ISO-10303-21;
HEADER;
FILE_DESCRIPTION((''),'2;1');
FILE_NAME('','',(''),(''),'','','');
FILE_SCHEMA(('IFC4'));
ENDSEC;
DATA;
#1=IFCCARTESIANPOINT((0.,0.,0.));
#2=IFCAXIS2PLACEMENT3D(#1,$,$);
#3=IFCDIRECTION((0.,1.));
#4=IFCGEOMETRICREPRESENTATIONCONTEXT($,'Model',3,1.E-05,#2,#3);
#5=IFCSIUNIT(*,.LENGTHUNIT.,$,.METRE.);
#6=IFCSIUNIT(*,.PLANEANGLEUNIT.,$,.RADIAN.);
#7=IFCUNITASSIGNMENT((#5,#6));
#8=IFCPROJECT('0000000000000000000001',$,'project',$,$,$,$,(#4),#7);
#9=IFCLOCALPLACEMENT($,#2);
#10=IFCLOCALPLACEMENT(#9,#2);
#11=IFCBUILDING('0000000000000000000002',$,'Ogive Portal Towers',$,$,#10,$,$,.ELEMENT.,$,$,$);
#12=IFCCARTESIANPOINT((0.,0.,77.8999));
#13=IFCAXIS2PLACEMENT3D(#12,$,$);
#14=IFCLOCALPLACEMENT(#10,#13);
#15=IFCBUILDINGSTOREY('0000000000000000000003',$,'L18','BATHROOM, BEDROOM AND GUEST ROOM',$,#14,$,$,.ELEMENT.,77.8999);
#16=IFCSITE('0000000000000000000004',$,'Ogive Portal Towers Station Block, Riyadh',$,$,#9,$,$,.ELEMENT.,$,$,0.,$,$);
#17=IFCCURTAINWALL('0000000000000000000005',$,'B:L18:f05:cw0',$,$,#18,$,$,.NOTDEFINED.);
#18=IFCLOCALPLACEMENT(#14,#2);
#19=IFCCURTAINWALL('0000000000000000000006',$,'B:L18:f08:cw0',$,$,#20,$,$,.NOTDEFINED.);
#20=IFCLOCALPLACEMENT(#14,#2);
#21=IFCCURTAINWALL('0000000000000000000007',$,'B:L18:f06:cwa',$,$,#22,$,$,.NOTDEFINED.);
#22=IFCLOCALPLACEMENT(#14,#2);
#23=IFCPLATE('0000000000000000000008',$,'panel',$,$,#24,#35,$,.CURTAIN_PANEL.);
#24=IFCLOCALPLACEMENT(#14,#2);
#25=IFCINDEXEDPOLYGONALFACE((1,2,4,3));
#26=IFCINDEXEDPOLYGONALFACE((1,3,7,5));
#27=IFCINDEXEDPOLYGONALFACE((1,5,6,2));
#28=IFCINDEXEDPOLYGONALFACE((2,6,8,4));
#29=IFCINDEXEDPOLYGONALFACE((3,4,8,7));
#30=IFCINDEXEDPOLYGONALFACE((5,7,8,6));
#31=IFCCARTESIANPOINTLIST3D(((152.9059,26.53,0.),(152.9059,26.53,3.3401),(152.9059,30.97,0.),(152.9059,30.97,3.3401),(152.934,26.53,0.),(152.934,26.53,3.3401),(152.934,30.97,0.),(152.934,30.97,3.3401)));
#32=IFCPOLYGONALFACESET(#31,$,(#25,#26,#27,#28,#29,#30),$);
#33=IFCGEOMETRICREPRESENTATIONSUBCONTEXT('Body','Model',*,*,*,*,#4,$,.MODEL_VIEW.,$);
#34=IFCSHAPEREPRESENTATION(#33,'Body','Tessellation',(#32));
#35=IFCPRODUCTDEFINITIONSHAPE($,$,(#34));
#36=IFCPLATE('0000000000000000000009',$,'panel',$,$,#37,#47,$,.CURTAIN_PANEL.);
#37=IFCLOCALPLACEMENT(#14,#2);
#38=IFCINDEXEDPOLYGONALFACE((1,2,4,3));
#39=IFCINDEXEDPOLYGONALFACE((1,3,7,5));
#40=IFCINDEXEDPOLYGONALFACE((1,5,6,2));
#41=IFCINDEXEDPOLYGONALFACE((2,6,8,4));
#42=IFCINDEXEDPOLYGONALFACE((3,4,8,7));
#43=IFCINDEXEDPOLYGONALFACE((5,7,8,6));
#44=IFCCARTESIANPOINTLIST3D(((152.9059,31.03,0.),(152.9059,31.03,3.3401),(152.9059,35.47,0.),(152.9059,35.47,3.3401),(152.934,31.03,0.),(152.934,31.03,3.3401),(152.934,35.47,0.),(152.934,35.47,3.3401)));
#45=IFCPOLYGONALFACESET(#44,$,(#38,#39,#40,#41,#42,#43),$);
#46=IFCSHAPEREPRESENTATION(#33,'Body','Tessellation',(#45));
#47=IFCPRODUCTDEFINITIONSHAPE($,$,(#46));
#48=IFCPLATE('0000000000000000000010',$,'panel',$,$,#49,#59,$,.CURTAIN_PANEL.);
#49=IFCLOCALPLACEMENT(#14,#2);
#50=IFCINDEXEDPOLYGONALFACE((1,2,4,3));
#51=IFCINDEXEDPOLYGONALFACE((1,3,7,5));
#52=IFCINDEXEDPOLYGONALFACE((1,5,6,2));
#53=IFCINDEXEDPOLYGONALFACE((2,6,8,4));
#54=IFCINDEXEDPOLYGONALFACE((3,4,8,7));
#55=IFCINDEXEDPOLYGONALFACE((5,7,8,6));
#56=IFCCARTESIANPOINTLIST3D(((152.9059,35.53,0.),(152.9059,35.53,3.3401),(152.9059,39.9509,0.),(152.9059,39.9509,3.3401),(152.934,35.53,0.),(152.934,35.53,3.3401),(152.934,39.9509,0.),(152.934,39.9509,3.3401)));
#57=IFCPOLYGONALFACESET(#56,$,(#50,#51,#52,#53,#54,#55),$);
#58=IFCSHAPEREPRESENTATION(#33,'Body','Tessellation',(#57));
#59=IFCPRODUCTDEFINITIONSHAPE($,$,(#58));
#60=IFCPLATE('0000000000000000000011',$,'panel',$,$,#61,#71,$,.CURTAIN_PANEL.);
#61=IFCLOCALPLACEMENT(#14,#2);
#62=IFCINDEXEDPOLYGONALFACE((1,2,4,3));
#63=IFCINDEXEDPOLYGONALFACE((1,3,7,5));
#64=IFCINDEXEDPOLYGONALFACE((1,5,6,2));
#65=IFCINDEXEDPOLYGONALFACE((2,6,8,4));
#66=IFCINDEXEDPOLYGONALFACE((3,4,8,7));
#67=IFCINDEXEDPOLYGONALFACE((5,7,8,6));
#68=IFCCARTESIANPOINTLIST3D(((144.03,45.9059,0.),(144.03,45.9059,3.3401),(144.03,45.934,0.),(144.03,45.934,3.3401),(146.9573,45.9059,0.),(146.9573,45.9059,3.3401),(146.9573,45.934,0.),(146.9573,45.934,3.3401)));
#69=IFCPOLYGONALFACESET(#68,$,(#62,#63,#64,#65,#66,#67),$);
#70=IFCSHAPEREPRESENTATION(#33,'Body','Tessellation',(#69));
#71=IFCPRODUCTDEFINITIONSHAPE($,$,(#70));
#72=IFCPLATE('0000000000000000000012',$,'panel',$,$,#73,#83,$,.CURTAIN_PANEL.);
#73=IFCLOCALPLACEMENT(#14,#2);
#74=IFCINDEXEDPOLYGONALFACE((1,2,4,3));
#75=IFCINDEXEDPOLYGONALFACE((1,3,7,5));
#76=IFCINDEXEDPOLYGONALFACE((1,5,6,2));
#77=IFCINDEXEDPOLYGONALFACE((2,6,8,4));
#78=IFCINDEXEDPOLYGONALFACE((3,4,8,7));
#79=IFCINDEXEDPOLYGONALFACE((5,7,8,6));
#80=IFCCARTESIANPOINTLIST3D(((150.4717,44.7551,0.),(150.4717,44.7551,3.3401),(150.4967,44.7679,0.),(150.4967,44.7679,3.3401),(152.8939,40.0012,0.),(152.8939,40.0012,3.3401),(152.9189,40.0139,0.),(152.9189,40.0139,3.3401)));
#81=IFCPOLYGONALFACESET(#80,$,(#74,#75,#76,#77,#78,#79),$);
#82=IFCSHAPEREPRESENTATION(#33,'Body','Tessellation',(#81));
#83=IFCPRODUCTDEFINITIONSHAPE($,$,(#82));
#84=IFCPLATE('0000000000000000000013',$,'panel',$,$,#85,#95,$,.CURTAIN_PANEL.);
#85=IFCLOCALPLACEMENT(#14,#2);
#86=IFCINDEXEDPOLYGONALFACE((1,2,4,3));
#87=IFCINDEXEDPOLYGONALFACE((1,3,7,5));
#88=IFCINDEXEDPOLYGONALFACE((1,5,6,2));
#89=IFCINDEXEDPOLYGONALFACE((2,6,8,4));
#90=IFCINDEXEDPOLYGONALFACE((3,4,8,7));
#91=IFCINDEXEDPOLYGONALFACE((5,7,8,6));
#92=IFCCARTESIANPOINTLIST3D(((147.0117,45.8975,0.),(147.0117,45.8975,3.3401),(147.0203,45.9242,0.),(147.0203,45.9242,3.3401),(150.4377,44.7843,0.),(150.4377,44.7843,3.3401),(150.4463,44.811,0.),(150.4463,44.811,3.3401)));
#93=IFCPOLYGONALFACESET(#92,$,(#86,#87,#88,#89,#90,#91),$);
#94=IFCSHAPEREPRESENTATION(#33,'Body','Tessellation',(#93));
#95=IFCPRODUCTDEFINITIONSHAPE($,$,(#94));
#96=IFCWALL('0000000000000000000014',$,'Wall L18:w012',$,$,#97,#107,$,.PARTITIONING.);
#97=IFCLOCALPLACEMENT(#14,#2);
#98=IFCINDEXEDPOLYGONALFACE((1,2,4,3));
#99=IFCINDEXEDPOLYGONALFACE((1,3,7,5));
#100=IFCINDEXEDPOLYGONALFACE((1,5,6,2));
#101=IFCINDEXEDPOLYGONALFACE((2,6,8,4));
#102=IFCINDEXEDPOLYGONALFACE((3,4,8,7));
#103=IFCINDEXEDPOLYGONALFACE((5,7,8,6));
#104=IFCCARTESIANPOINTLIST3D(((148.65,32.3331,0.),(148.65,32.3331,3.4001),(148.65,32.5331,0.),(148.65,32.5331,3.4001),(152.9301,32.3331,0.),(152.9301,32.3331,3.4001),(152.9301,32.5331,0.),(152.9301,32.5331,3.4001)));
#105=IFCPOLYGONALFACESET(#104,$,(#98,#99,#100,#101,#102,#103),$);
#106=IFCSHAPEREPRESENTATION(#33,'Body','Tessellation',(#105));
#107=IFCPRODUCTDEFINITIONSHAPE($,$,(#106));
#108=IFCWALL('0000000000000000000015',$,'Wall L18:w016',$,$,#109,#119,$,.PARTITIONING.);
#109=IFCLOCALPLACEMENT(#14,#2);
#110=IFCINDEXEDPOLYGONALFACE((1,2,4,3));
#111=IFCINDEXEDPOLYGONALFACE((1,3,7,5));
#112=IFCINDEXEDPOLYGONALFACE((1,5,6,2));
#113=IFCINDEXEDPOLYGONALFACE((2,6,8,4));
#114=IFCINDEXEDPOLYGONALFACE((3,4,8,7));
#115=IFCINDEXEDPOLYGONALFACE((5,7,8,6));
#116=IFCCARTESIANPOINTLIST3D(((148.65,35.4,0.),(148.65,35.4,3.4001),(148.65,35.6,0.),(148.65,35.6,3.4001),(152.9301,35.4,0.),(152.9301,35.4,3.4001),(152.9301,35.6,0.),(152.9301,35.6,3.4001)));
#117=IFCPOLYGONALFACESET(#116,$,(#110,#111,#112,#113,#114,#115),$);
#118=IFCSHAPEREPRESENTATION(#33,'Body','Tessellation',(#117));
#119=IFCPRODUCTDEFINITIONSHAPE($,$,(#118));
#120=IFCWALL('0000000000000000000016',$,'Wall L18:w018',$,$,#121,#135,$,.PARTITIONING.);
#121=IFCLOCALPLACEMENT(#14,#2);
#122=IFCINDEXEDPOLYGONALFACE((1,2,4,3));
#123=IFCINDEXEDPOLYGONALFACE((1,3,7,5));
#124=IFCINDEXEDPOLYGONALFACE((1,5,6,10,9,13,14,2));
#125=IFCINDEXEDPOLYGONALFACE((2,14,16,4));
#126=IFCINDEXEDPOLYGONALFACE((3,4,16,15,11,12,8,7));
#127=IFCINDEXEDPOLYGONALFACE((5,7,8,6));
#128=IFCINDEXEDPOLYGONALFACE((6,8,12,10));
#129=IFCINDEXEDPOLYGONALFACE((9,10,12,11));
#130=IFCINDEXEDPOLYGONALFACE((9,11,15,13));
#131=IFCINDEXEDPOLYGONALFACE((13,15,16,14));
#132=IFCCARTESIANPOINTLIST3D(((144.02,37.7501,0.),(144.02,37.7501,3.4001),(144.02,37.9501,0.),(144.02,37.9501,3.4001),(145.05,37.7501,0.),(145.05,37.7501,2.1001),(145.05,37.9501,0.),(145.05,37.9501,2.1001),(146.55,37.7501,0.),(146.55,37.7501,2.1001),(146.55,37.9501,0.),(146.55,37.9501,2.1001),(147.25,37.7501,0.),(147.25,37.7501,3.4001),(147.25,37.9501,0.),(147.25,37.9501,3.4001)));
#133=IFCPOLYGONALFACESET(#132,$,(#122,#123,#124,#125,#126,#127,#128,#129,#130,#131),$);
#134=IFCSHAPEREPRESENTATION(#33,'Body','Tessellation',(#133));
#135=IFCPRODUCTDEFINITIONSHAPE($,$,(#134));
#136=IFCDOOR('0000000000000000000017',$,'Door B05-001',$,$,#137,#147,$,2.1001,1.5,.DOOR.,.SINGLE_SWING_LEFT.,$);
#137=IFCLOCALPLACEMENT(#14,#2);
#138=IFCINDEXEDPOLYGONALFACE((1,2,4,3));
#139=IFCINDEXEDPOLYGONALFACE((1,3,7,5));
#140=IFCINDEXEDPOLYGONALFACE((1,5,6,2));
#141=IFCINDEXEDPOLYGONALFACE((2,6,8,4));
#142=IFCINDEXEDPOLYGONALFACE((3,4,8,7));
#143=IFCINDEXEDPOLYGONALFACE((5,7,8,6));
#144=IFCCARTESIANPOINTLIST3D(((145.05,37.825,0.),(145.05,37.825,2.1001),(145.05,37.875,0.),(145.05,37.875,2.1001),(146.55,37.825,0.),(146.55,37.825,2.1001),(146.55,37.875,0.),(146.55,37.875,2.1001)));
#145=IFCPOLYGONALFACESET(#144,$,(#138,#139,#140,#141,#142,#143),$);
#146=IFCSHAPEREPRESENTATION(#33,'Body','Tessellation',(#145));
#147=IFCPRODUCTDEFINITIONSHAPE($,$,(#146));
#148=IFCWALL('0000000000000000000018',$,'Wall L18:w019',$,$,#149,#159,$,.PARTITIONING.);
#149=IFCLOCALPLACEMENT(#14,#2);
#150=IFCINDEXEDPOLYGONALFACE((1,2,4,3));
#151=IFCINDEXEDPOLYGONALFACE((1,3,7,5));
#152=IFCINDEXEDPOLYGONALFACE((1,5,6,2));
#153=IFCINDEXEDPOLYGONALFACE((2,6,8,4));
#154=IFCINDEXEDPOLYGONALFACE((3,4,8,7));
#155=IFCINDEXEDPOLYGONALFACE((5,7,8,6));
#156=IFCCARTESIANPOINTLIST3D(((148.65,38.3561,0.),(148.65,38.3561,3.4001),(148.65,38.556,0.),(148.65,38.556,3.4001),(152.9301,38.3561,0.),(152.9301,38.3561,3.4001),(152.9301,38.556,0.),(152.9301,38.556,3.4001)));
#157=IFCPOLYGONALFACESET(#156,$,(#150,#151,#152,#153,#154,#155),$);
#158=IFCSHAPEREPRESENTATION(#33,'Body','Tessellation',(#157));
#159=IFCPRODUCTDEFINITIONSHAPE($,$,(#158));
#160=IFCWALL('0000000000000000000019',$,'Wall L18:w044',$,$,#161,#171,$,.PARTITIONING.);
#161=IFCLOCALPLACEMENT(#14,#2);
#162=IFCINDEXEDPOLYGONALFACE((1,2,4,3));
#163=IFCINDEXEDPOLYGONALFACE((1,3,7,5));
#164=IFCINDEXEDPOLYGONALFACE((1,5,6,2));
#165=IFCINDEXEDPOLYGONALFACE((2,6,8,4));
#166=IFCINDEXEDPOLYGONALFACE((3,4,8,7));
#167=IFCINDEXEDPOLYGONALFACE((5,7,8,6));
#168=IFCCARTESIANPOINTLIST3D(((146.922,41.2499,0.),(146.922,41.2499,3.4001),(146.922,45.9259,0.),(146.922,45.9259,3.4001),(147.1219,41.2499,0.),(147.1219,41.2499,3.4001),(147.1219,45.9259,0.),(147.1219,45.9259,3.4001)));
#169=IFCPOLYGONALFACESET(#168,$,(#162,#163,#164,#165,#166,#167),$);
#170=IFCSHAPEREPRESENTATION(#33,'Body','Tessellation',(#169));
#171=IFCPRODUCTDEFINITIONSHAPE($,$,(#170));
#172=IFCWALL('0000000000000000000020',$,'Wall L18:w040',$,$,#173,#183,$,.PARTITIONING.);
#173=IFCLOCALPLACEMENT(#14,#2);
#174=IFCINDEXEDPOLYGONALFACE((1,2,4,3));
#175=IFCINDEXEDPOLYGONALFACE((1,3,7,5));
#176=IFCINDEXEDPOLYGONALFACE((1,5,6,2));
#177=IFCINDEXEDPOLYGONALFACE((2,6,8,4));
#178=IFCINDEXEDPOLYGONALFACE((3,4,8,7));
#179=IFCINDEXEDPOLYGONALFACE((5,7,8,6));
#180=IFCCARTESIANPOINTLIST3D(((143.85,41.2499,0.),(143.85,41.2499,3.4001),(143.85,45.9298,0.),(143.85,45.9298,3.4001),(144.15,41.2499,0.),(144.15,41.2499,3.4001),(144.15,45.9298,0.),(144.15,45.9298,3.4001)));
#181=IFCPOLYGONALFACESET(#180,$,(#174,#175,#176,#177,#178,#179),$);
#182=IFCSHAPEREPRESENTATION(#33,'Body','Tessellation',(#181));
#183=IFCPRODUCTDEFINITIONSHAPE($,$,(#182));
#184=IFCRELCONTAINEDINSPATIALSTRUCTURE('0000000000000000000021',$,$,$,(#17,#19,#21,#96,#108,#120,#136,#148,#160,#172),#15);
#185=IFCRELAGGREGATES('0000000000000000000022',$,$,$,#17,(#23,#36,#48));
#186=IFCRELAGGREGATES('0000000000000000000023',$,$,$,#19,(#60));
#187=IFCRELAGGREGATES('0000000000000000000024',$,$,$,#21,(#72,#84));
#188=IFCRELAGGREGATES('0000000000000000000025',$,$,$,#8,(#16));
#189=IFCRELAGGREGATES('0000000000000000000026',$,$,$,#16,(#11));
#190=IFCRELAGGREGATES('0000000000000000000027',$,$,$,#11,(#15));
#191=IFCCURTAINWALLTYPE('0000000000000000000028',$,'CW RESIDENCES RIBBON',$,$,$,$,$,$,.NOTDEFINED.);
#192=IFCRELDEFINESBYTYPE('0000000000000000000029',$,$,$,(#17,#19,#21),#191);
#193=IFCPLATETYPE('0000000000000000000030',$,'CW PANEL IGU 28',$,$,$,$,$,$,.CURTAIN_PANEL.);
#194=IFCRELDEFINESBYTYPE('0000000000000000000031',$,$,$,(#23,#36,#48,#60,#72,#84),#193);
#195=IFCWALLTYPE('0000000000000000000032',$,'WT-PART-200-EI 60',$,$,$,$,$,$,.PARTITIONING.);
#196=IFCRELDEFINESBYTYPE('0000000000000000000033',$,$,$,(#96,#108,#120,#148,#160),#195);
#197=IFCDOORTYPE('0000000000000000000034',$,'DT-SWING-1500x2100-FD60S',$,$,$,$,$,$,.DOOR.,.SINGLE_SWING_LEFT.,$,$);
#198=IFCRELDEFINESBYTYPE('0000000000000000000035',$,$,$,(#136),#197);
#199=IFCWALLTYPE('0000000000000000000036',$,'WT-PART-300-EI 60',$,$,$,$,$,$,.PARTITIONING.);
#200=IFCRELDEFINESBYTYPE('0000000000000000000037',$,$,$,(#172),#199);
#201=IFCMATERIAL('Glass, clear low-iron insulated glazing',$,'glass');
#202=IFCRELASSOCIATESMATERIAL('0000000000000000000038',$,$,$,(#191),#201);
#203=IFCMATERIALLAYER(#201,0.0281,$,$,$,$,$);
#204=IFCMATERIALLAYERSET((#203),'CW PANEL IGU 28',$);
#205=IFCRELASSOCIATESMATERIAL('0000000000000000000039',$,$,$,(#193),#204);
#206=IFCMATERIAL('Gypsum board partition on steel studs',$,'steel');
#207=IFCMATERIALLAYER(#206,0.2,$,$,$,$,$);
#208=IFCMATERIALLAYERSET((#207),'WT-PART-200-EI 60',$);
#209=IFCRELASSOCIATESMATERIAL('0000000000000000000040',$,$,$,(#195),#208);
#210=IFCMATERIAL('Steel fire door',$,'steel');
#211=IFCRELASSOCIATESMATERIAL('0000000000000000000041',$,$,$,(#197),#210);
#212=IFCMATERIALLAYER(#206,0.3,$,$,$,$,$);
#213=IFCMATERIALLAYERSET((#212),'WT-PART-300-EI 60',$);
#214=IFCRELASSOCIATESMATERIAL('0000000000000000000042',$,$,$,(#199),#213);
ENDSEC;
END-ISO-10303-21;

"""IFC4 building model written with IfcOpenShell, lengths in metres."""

from ifc_helpers import new_model, si_unit, direction, frame, frame_2d, origin, origin_2d, place, context, subcontext, project, spatial, rectangle, extrude, material, layer, layer_set, type_object, element, fill, aggregate, save


model = new_model("IFC4")

# Units and contexts
model_context = context("Model", 3, precision=1e-05, world=origin(), true_north=direction((0.0, 1.0)))
body_context = subcontext(model_context, "Body", "Model", "MODEL_VIEW")
ifc_project = project(units=[si_unit("LENGTHUNIT", "METRE"), si_unit("PLANEANGLEUNIT", "RADIAN")], contexts=[model_context])

# Site, building, storey
site_placement = place(None, origin())
site = spatial("IfcSite", under=ifc_project, at=site_placement, Name="Ogive Portal Towers Station Block, Riyadh", CompositionType="ELEMENT", RefElevation=0.0)
building_placement = place(site_placement, origin())
building = spatial("IfcBuilding", under=site, at=building_placement, Name="Ogive Portal Towers", CompositionType="ELEMENT")
storey_placement = place(building_placement, frame((0.0, 0.0, 77.8999)))
storey = spatial("IfcBuildingStorey", under=building, at=storey_placement, Name="L18", Description="BATHROOM, BEDROOM AND GUEST ROOM", CompositionType="ELEMENT", Elevation=77.8999)

# Curtain walls
ifc_material_1 = material(Name="Glass, clear low-iron insulated glazing", Category="glass")
curtain_wall_type = type_object("IfcCurtainWallType", Name="CW RESIDENCES RIBBON", PredefinedType="NOTDEFINED", material=ifc_material_1)
curtain_wall_1_placement = place(storey_placement, origin())
curtain_wall_1 = element("IfcCurtainWall", 1, at=curtain_wall_1_placement, inside=storey, type_object=curtain_wall_type, Name="B:L18:f05:cw0", PredefinedType="NOTDEFINED")
curtain_wall_2_placement = place(storey_placement, origin())
curtain_wall_2 = element("IfcCurtainWall", 2, at=curtain_wall_2_placement, inside=storey, type_object=curtain_wall_type, Name="B:L18:f08:cw0", PredefinedType="NOTDEFINED")

# Curtain wall
curtain_wall_3_placement = place(storey_placement, origin())
curtain_wall_3 = element("IfcCurtainWall", 3, at=curtain_wall_3_placement, inside=storey, type_object=curtain_wall_type, Name="B:L18:f06:cwa", PredefinedType="NOTDEFINED")

# Plates
ifc_layer_1 = layer(ifc_material_1, 0.0281)
ifc_layer_set_1 = layer_set([ifc_layer_1], Name="CW PANEL IGU 28")
plate_type = type_object("IfcPlateType", Name="CW PANEL IGU 28", PredefinedType="CURTAIN_PANEL", material=ifc_layer_set_1)
plate_1_placement = place(storey_placement, frame((152.9199, 28.75, 0.0), z_axis=(0.0, 0.0, 1.0), x_axis=(0.0, 1.0, 0.0)))
plate_1 = element("IfcPlate", 4, at=plate_1_placement, type_object=plate_type, Name="panel", PredefinedType="CURTAIN_PANEL", context=body_context, shape_type="SweptSolid", body=[
    extrude(rectangle(XDim=4.4399, YDim=0.0281, at=origin_2d()), origin(), (0.0, 0.0, 1.0), 3.3401),
])
plate_2_placement = place(storey_placement, frame((152.9199, 33.25, 0.0), z_axis=(0.0, 0.0, 1.0), x_axis=(0.0, 1.0, 0.0)))
plate_2 = element("IfcPlate", 5, at=plate_2_placement, type_object=plate_type, Name="panel", PredefinedType="CURTAIN_PANEL", context=body_context, shape_type="SweptSolid", body=[
    extrude(rectangle(XDim=4.4399, YDim=0.0281, at=origin_2d()), origin(), (0.0, 0.0, 1.0), 3.3401),
])
plate_3_placement = place(storey_placement, frame((152.9199, 37.7405, 0.0), z_axis=(0.0, 0.0, 1.0), x_axis=(0.0, 1.0, 0.0)))
plate_3 = element("IfcPlate", 6, at=plate_3_placement, type_object=plate_type, Name="panel", PredefinedType="CURTAIN_PANEL", context=body_context, shape_type="SweptSolid", body=[
    extrude(rectangle(XDim=4.4209, YDim=0.0281, at=origin_2d()), origin(), (0.0, 0.0, 1.0), 3.3401),
])
aggregate(curtain_wall_1, [plate_1, plate_2, plate_3])
plate_4_placement = place(storey_placement, frame((145.4937, 45.9199, 0.0), z_axis=(0.0, 0.0, 1.0), x_axis=(-1.0, 0.0, 0.0)))
plate_4 = element("IfcPlate", 7, at=plate_4_placement, type_object=plate_type, Name="panel", PredefinedType="CURTAIN_PANEL", context=body_context, shape_type="SweptSolid", body=[
    extrude(rectangle(XDim=2.9272, YDim=0.0281, at=origin_2d()), origin(), (0.0, 0.0, 1.0), 3.3401),
])
aggregate(curtain_wall_2, [plate_4])
plate_5_placement = place(storey_placement, frame((151.6953, 42.3845, 0.0), z_axis=(0.0, 0.0, 1.0), x_axis=(-0.45399, 0.891007, 0.0)))
plate_5 = element("IfcPlate", 8, at=plate_5_placement, type_object=plate_type, Name="panel", PredefinedType="CURTAIN_PANEL", context=body_context, shape_type="SweptSolid", body=[
    extrude(rectangle(XDim=5.3354, YDim=0.0281, at=origin_2d()), origin(), (0.0, 0.0, 1.0), 3.3401),
])
plate_6_placement = place(storey_placement, frame((148.729, 45.3542, 0.0), z_axis=(0.0, 0.0, 1.0), x_axis=(-0.951057, 0.309017, 0.0)))
plate_6 = element("IfcPlate", 9, at=plate_6_placement, type_object=plate_type, Name="panel", PredefinedType="CURTAIN_PANEL", context=body_context, shape_type="SweptSolid", body=[
    extrude(rectangle(XDim=3.6023, YDim=0.0281, at=origin_2d()), origin(), (0.0, 0.0, 1.0), 3.3401),
])
aggregate(curtain_wall_3, [plate_5, plate_6])

# Walls
ifc_material_2 = material(Name="Gypsum board partition on steel studs", Category="steel")
ifc_layer_2 = layer(ifc_material_2, 0.2)
ifc_layer_set_2 = layer_set([ifc_layer_2], Name="WT-PART-200-EI 60")
wall_type_1 = type_object("IfcWallType", Name="WT-PART-200-EI 60", PredefinedType="PARTITIONING", material=ifc_layer_set_2)
for number, where, z_axis, x_axis, name in (
    (10, (148.6499, 32.4331, 0.0), (0.0, 0.0, 1.0), (1.0, 0.0, 0.0), "Wall L18:w012"),
    (11, (148.6499, 35.5, 0.0), (0.0, 0.0, 1.0), (1.0, 0.0, 0.0), "Wall L18:w016"),
):
    element("IfcWall", number, at=place(storey_placement, frame(where, z_axis=z_axis, x_axis=x_axis)), inside=storey, type_object=wall_type_1, Name=name, PredefinedType="PARTITIONING", context=body_context, shape_type="SweptSolid", body=[
        extrude(rectangle(XDim=4.28, YDim=0.2, at=frame_2d((2.1401, 0.0))), origin(), (0.0, 0.0, 1.0), 3.4001),
    ])

# Wall, opening, door
wall_1_placement = place(storey_placement, frame((144.02, 37.8501, 0.0), z_axis=(0.0, 0.0, 1.0), x_axis=(1.0, 0.0, 0.0)))
wall_1 = element("IfcWall", 12, at=wall_1_placement, inside=storey, type_object=wall_type_1, Name="Wall L18:w018", PredefinedType="PARTITIONING", context=body_context, shape_type="SweptSolid", body=[
    extrude(rectangle(XDim=3.23, YDim=0.2, at=frame_2d((1.615, 0.0))), origin(), (0.0, 0.0, 1.0), 3.4001),
])
opening_placement = place(wall_1_placement, frame((1.03, 0.0, 0.0)))
opening = element("IfcOpeningElement", 13, at=opening_placement, cuts=wall_1, PredefinedType="OPENING", context=body_context, shape_type="SweptSolid", body=[
    extrude(rectangle(XDim=1.5, YDim=2.1001, at=frame_2d((0.75, 1.05))), frame((0.0, 0.1099, 0.0), z_axis=(0.0, -1.0, 0.0), x_axis=(1.0, 0.0, 0.0)), (0.0, 0.0, 1.0), 0.22),
])
ifc_material_3 = material(Name="Steel fire door", Category="steel")
door_type = type_object("IfcDoorType", Name="DT-SWING-1500x2100-FD60S", OperationType="SINGLE_SWING_LEFT", PredefinedType="DOOR", material=ifc_material_3)
door_placement = place(opening_placement, origin())
door = element("IfcDoor", 14, at=door_placement, inside=storey, type_object=door_type, Name="Door B05-001", OperationType="SINGLE_SWING_LEFT", OverallHeight=2.1001, OverallWidth=1.5, PredefinedType="DOOR", context=body_context, shape_type="SweptSolid", body=[
    extrude(rectangle(XDim=1.5, YDim=2.1001, at=frame_2d((0.75, 1.05))), frame((0.0, 0.0249, 0.0), z_axis=(0.0, -1.0, 0.0), x_axis=(1.0, 0.0, 0.0)), (0.0, 0.0, 1.0), 0.05),
])
fill(opening, door)

# Walls
wall_2_placement = place(storey_placement, frame((148.6499, 38.4561, 0.0), z_axis=(0.0, 0.0, 1.0), x_axis=(1.0, 0.0, 0.0)))
element("IfcWall", 15, at=wall_2_placement, inside=storey, type_object=wall_type_1, Name="Wall L18:w019", PredefinedType="PARTITIONING", context=body_context, shape_type="SweptSolid", body=[
    extrude(rectangle(XDim=4.28, YDim=0.2, at=frame_2d((2.1401, 0.0))), origin(), (0.0, 0.0, 1.0), 3.4001),
])
wall_3_placement = place(storey_placement, frame((147.022, 41.25, 0.0), z_axis=(0.0, 0.0, 1.0), x_axis=(0.0, 1.0, 0.0)))
element("IfcWall", 16, at=wall_3_placement, inside=storey, type_object=wall_type_1, Name="Wall L18:w044", PredefinedType="PARTITIONING", context=body_context, shape_type="SweptSolid", body=[
    extrude(rectangle(XDim=4.676, YDim=0.2, at=frame_2d((2.3379, 0.0))), origin(), (0.0, 0.0, 1.0), 3.4001),
])
ifc_layer_3 = layer(ifc_material_2, 0.3)
ifc_layer_set_3 = layer_set([ifc_layer_3], Name="WT-PART-300-EI 60")
wall_type_2 = type_object("IfcWallType", Name="WT-PART-300-EI 60", PredefinedType="PARTITIONING", material=ifc_layer_set_3)
wall_4_placement = place(storey_placement, frame((144.0, 41.25, 0.0), z_axis=(0.0, 0.0, 1.0), x_axis=(0.0, 1.0, 0.0)))
element("IfcWall", 17, at=wall_4_placement, inside=storey, type_object=wall_type_2, Name="Wall L18:w040", PredefinedType="PARTITIONING", context=body_context, shape_type="SweptSolid", body=[
    extrude(rectangle(XDim=4.6799, YDim=0.3, at=frame_2d((2.3398, 0.0))), origin(), (0.0, 0.0, 1.0), 3.4001),
])

save(model, "model.ifc")
